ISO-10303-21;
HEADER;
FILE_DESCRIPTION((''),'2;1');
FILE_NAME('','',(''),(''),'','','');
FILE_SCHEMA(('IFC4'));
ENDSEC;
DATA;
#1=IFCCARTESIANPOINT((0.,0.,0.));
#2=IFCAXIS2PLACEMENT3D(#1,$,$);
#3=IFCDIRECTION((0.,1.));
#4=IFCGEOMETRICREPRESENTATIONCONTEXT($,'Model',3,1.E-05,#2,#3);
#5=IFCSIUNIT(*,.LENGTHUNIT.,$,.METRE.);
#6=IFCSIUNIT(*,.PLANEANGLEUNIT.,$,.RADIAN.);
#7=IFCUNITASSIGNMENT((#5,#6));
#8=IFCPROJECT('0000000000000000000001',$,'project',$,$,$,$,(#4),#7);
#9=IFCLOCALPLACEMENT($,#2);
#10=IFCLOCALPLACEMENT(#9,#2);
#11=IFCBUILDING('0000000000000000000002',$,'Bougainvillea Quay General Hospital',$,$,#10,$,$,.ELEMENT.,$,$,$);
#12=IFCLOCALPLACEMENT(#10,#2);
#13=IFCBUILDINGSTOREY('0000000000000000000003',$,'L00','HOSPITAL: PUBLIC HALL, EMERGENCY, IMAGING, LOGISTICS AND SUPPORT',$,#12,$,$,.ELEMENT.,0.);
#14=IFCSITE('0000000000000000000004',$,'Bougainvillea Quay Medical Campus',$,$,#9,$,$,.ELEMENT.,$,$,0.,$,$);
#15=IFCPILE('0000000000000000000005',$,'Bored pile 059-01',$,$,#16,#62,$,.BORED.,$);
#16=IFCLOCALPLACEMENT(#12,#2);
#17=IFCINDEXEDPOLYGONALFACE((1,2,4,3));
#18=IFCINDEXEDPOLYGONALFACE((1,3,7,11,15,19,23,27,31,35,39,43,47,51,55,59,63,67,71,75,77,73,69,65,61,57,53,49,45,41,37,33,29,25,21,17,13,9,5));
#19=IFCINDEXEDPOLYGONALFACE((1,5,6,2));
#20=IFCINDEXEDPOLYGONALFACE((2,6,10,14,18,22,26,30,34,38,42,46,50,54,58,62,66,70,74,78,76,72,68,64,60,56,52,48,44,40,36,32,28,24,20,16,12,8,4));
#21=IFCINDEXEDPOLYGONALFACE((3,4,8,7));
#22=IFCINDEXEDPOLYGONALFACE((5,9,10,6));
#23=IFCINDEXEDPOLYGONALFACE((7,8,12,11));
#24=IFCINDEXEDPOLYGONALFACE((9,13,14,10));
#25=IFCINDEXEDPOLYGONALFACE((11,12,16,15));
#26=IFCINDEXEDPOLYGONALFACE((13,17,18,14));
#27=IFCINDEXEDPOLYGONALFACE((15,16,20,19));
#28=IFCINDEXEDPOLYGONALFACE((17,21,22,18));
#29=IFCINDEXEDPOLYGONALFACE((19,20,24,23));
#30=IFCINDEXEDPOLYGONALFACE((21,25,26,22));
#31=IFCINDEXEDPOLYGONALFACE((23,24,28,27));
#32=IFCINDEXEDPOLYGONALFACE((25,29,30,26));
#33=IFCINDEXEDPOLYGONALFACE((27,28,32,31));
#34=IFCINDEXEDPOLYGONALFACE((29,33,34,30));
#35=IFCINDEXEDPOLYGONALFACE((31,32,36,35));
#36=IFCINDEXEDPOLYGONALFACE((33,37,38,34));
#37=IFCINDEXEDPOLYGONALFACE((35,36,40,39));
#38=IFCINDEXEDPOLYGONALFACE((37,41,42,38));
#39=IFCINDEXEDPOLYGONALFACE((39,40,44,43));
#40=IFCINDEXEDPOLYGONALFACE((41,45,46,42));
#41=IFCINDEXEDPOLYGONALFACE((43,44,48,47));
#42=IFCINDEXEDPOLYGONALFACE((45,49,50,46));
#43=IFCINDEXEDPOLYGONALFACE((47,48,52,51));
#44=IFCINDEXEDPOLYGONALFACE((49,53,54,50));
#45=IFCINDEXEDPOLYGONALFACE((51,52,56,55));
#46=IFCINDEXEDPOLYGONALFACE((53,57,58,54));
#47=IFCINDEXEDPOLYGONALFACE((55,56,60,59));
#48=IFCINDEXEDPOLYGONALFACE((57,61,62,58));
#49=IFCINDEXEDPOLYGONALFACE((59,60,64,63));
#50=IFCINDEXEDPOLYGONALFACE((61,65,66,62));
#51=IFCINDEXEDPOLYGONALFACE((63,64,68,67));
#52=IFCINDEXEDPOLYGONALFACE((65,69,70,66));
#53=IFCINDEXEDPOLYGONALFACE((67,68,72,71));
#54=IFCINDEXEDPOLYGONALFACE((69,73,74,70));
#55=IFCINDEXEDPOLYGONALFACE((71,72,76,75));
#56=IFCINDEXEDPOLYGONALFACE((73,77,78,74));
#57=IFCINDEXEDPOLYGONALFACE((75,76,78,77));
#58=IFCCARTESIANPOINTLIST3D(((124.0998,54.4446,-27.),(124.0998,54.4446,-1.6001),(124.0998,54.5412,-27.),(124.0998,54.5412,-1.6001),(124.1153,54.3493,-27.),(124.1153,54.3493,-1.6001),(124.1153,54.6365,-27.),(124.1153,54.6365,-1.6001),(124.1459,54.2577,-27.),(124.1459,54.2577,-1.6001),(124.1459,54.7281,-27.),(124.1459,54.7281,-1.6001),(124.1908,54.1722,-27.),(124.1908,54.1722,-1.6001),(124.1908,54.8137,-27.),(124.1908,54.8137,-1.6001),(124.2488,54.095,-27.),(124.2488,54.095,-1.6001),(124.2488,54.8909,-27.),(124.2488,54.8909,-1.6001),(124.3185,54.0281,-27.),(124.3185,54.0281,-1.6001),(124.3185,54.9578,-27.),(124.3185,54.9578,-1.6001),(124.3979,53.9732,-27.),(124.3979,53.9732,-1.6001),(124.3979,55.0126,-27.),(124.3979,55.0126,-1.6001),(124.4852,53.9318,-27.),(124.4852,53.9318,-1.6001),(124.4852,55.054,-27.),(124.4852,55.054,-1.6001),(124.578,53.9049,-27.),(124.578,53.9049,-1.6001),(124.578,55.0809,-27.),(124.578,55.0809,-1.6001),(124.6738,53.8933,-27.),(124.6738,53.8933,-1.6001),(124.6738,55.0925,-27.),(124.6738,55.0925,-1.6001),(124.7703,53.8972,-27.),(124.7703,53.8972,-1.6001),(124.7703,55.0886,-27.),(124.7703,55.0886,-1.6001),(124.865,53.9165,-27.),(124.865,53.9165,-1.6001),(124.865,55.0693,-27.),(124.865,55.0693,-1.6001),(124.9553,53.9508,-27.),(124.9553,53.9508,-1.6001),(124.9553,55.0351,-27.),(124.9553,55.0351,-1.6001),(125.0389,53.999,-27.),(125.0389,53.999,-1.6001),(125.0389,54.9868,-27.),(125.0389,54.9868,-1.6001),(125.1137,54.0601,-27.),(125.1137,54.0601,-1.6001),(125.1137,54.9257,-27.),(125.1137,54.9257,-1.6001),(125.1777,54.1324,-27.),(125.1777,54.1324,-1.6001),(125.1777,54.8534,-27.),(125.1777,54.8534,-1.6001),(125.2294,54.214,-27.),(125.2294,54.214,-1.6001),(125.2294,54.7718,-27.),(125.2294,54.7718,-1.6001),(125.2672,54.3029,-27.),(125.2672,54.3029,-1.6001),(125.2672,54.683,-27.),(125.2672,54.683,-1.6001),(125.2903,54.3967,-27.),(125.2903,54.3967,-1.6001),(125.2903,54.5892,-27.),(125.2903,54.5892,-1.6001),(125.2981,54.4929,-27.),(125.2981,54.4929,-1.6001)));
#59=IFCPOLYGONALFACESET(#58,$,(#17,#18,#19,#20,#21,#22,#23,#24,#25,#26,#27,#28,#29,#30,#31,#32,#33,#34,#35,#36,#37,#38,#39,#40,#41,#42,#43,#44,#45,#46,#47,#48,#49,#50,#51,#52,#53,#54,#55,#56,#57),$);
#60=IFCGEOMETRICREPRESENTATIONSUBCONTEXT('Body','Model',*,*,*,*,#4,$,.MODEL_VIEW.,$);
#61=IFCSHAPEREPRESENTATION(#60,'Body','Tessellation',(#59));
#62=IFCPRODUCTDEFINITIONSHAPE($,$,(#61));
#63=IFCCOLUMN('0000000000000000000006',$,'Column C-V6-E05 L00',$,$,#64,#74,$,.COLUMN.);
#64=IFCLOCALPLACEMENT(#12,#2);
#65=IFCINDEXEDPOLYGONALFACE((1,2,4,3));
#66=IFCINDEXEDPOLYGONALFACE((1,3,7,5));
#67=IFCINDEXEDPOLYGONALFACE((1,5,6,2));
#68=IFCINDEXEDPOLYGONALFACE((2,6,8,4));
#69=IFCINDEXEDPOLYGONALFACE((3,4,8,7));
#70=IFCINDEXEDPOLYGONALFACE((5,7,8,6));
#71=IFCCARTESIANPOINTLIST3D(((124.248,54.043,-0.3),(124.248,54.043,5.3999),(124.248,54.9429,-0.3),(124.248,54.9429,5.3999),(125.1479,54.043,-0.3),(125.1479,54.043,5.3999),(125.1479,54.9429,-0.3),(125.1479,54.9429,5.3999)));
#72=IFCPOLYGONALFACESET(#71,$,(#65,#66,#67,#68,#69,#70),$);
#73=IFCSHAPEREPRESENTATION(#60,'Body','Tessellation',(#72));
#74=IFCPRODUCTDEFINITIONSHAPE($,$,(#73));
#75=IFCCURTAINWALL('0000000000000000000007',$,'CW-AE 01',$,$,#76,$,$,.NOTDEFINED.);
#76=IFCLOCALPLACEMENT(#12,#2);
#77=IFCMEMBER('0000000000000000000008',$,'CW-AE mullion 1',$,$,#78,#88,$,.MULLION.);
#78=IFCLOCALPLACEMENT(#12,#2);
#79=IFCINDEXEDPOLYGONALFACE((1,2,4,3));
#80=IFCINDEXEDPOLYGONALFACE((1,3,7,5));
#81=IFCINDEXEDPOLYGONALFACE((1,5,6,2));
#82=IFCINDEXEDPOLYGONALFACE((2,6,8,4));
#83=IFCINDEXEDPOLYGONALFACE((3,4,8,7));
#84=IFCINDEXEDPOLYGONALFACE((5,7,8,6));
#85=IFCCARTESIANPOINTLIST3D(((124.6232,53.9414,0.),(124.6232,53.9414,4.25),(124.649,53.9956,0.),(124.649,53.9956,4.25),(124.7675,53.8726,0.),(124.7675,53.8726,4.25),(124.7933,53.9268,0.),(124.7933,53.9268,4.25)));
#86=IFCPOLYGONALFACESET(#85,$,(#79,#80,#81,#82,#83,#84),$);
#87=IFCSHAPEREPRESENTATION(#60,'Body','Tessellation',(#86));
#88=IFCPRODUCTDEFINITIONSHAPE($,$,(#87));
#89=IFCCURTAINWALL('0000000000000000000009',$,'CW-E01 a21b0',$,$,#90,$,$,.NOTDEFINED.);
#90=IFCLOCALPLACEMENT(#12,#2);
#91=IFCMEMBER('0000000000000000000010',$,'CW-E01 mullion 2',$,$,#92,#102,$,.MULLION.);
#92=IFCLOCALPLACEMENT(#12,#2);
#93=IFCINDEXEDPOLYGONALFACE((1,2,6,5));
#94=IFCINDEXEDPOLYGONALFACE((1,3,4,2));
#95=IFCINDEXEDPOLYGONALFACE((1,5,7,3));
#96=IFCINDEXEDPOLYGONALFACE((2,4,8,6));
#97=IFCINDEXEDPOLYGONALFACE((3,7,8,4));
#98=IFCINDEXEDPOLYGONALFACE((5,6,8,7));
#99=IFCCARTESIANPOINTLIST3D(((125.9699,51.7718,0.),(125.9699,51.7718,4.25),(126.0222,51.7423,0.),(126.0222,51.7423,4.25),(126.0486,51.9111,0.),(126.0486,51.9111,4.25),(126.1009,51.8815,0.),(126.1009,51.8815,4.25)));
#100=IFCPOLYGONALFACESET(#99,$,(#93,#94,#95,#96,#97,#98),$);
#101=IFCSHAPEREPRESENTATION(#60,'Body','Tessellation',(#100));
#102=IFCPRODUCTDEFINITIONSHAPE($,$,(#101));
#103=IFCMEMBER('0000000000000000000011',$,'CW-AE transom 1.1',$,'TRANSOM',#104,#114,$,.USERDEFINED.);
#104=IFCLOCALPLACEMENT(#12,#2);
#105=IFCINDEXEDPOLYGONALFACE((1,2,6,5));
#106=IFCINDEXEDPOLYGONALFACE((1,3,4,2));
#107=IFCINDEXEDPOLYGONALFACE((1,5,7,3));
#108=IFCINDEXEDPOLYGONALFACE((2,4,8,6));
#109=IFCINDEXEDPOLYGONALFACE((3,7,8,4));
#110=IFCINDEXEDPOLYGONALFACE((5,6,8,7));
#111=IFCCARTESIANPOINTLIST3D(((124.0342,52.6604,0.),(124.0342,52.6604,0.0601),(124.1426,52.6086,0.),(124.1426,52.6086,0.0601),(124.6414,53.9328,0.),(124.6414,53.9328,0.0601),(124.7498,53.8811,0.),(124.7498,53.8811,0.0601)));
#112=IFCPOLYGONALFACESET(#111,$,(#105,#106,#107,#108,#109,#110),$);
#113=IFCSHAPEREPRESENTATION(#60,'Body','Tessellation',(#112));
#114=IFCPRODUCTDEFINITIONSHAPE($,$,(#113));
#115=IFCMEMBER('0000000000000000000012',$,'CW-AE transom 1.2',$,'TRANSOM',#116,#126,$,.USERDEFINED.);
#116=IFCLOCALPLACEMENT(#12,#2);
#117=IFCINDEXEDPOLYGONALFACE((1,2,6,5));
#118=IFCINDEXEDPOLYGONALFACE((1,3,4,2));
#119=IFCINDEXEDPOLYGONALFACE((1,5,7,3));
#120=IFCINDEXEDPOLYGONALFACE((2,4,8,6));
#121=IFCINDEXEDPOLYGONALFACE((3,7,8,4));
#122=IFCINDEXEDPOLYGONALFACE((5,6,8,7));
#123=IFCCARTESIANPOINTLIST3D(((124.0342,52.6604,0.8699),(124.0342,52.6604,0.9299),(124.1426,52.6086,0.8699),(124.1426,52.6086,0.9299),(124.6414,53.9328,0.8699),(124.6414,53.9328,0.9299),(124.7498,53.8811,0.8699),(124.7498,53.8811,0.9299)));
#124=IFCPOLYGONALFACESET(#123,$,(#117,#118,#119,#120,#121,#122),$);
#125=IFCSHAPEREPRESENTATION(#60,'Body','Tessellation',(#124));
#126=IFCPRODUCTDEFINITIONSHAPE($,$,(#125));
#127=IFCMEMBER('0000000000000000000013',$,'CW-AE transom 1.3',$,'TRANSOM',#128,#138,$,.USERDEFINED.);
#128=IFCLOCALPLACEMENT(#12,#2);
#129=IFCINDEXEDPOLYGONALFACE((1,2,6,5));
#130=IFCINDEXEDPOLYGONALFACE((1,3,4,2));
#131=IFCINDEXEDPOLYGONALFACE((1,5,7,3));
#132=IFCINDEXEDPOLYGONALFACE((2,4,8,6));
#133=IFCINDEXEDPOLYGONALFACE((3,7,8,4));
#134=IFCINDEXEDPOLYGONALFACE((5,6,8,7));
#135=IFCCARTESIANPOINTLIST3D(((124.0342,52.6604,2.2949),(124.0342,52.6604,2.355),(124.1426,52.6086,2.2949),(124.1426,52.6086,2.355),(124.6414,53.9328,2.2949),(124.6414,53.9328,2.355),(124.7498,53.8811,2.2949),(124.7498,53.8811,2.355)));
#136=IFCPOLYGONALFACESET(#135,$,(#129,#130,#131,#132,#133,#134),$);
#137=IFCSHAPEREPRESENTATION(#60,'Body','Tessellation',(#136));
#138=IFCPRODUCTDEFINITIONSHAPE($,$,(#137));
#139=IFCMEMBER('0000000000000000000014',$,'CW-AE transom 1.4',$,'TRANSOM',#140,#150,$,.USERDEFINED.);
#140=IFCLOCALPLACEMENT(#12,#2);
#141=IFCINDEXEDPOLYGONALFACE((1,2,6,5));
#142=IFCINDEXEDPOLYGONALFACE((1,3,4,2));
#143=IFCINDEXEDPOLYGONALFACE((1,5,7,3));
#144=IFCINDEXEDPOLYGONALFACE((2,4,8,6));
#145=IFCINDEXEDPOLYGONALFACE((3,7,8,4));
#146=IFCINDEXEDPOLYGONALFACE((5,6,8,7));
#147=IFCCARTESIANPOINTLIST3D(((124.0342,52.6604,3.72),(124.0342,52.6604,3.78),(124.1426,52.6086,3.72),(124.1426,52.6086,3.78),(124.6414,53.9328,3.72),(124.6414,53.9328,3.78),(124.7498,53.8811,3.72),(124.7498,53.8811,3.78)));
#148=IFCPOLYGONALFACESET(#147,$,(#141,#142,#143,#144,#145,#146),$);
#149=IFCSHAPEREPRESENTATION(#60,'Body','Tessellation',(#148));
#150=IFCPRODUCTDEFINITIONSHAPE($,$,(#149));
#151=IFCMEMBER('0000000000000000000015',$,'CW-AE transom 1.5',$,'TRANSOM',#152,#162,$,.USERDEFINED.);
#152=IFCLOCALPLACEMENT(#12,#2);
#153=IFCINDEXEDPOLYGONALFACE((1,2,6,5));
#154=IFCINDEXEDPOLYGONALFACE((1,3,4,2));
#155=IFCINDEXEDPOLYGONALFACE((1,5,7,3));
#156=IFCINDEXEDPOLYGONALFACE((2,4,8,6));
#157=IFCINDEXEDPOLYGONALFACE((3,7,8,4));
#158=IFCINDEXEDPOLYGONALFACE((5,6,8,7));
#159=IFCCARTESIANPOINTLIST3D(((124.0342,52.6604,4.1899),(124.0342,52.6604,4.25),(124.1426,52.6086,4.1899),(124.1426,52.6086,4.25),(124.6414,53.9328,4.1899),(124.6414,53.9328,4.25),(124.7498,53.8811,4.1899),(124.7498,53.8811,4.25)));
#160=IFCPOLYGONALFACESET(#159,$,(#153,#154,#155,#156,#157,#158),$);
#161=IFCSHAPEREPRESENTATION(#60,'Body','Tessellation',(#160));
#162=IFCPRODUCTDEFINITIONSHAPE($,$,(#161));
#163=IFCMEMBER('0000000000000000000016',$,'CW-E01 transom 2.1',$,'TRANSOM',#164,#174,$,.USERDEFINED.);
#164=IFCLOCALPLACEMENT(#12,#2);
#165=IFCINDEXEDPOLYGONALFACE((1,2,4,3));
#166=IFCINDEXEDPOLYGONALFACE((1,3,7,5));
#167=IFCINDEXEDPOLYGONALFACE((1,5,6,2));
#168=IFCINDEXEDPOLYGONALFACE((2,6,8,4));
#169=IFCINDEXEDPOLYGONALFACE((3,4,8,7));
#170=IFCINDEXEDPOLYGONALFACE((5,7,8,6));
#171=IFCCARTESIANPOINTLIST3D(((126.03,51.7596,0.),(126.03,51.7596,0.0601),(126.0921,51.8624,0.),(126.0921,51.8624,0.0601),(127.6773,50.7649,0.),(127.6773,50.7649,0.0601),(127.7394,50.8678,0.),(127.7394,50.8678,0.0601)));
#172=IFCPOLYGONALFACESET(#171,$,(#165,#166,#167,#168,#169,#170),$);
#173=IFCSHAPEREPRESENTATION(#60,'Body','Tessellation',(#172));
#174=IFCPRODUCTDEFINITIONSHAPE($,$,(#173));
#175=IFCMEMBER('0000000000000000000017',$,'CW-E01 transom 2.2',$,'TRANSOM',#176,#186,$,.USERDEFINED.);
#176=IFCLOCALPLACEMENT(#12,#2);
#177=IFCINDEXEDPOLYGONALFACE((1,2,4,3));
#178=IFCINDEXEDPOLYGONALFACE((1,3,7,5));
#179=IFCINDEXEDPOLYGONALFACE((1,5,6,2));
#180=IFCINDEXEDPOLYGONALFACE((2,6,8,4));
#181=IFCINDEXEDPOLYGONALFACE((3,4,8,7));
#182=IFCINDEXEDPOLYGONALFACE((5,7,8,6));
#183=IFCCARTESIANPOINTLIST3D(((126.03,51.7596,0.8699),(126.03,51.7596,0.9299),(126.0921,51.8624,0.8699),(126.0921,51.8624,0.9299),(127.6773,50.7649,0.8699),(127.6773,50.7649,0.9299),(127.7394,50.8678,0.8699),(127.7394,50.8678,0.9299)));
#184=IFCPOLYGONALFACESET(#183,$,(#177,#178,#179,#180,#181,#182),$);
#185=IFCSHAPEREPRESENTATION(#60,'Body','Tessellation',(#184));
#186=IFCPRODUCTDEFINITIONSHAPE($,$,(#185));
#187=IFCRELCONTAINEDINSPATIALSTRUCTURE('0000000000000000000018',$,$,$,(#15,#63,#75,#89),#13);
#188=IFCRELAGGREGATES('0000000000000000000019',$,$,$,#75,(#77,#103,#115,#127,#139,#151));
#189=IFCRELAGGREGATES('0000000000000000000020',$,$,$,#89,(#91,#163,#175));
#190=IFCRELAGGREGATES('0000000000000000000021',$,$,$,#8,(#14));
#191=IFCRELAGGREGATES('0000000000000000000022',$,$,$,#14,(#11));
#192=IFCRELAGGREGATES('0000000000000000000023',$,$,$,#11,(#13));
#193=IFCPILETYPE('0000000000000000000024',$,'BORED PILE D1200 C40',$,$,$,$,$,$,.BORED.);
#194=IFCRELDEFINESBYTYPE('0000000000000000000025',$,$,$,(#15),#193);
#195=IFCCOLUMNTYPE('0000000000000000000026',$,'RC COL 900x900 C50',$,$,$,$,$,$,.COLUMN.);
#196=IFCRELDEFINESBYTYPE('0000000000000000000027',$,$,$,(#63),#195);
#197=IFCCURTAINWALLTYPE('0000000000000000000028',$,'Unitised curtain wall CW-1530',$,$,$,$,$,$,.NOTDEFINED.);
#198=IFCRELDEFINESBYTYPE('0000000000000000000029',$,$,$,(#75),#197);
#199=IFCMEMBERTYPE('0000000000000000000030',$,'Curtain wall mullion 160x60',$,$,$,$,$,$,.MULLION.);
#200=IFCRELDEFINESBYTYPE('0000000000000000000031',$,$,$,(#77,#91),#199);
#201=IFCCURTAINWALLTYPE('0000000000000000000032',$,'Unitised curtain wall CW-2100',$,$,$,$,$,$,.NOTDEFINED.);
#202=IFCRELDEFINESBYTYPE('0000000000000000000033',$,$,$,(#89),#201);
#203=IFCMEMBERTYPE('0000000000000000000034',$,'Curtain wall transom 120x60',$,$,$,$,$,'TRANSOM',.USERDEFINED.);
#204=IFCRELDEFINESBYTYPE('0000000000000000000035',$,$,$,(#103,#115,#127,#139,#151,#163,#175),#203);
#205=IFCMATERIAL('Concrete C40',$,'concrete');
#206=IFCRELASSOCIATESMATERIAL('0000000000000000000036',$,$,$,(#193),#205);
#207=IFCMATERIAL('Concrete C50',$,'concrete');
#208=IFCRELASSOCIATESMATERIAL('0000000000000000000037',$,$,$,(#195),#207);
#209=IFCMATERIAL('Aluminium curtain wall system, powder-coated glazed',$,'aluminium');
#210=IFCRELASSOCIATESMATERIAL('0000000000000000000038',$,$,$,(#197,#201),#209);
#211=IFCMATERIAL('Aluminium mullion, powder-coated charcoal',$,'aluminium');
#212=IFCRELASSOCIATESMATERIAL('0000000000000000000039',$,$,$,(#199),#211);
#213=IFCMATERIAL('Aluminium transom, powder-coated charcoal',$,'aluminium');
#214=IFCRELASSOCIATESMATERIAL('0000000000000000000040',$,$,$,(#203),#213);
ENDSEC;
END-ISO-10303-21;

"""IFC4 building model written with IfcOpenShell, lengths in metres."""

from ifc_helpers import new_model, si_unit, direction, frame, origin, origin_2d, place, context, subcontext, project, spatial, rectangle, circle, extrude, material, material_profile, profile_set, type_object, element, aggregate, save


model = new_model("IFC4")

# Units and contexts
model_context = context("Model", 3, precision=1e-05, world=origin(), true_north=direction((0.0, 1.0)))
body_context = subcontext(model_context, "Body", "Model", "MODEL_VIEW")
ifc_project = project(units=[si_unit("LENGTHUNIT", "METRE"), si_unit("PLANEANGLEUNIT", "RADIAN")], contexts=[model_context])

# Site, building, storey
site_placement = place(None, origin())
site = spatial("IfcSite", under=ifc_project, at=site_placement, Name="Bougainvillea Quay Medical Campus", CompositionType="ELEMENT", RefElevation=0.0)
building_placement = place(site_placement, origin())
building = spatial("IfcBuilding", under=site, at=building_placement, Name="Bougainvillea Quay General Hospital", CompositionType="ELEMENT")
storey_placement = place(building_placement, origin())
storey = spatial("IfcBuildingStorey", under=building, at=storey_placement, Name="L00", Description="HOSPITAL: PUBLIC HALL, EMERGENCY, IMAGING, LOGISTICS AND SUPPORT", CompositionType="ELEMENT", Elevation=0.0)

# Pile
ifc_material_1 = material(Name="Concrete C40", Category="concrete")
ifc_material_profile_1 = material_profile(ifc_material_1, circle(Radius=0.6001, at=origin_2d()))
ifc_profile_set_1 = profile_set([ifc_material_profile_1], Name="Concrete C40")
pile_type = type_object("IfcPileType", Name="BORED PILE D1200 C40", PredefinedType="BORED", material=ifc_profile_set_1)
pile_placement = place(storey_placement, frame((124.698, 54.4929, -1.6001), z_axis=(0.0, 0.0, -1.0), x_axis=(1.0, 0.0, 0.0)))
element("IfcPile", 1, at=pile_placement, inside=storey, type_object=pile_type, Name="Bored pile 059-01", PredefinedType="BORED", context=body_context, shape_type="SweptSolid", body=[
    extrude(circle(Radius=0.6001, at=origin_2d()), origin(), (0.0, 0.0, 1.0), 25.3999),
])

# Column
ifc_material_2 = material(Name="Concrete C50", Category="concrete")
ifc_material_profile_2 = material_profile(ifc_material_2, rectangle(XDim=0.8999, YDim=0.8999, at=origin_2d()))
ifc_profile_set_2 = profile_set([ifc_material_profile_2], Name="Concrete C50")
column_type = type_object("IfcColumnType", Name="RC COL 900x900 C50", PredefinedType="COLUMN", material=ifc_profile_set_2)
column_placement = place(storey_placement, frame((124.698, 54.4929, -0.3), z_axis=(0.0, 0.0, 1.0), x_axis=(1.0, 0.0, 0.0)))
element("IfcColumn", 2, at=column_placement, inside=storey, type_object=column_type, Name="Column C-V6-E05 L00", PredefinedType="COLUMN", context=body_context, shape_type="SweptSolid", body=[
    extrude(rectangle(XDim=0.8999, YDim=0.8999, at=origin_2d()), origin(), (0.0, 0.0, 1.0), 5.7),
])

# Curtain walls, members
ifc_material_3 = material(Name="Aluminium curtain wall system, powder-coated glazed", Category="aluminium")
curtain_wall_type_1 = type_object("IfcCurtainWallType", Name="Unitised curtain wall CW-1530", PredefinedType="NOTDEFINED", material=ifc_material_3)
curtain_wall_1_placement = place(storey_placement, origin())
curtain_wall_1 = element("IfcCurtainWall", 3, at=curtain_wall_1_placement, inside=storey, type_object=curtain_wall_type_1, Name="CW-AE 01", PredefinedType="NOTDEFINED")
ifc_material_4 = material(Name="Aluminium mullion, powder-coated charcoal", Category="aluminium")
ifc_material_profile_3 = material_profile(ifc_material_4, rectangle(XDim=0.1599, YDim=0.0601, at=origin_2d()))
ifc_profile_set_3 = profile_set([ifc_material_profile_3], Name="Aluminium mullion, powder-coated charcoal")
member_type_1 = type_object("IfcMemberType", Name="Curtain wall mullion 160x60", PredefinedType="MULLION", material=ifc_profile_set_3)
member_1_placement = place(storey_placement, frame((124.7083, 53.9341, 0.0), z_axis=(0.0, 0.0, 1.0), x_axis=(0.902576, -0.43053, 0.0)))
member_1 = element("IfcMember", 4, at=member_1_placement, type_object=member_type_1, Name="CW-AE mullion 1", PredefinedType="MULLION", context=body_context, shape_type="SweptSolid", body=[
    extrude(rectangle(XDim=0.1599, YDim=0.0601, at=origin_2d()), origin(), (0.0, 0.0, 1.0), 4.25),
])
curtain_wall_type_2 = type_object("IfcCurtainWallType", Name="Unitised curtain wall CW-2100", PredefinedType="NOTDEFINED", material=ifc_material_3)
curtain_wall_2_placement = place(storey_placement, origin())
curtain_wall_2 = element("IfcCurtainWall", 5, at=curtain_wall_2_placement, inside=storey, type_object=curtain_wall_type_2, Name="CW-E01 a21b0", PredefinedType="NOTDEFINED")
member_2_placement = place(storey_placement, frame((126.0354, 51.8267, 0.0), z_axis=(0.0, 0.0, 1.0), x_axis=(0.491545, 0.870852, 0.0)))
member_2 = element("IfcMember", 6, at=member_2_placement, type_object=member_type_1, Name="CW-E01 mullion 2", PredefinedType="MULLION", context=body_context, shape_type="SweptSolid", body=[
    extrude(rectangle(XDim=0.1599, YDim=0.0601, at=origin_2d()), origin(), (0.0, 0.0, 1.0), 4.25),
])

# Members
ifc_material_5 = material(Name="Aluminium transom, powder-coated charcoal", Category="aluminium")
ifc_material_profile_4 = material_profile(ifc_material_5, rectangle(XDim=0.1201, YDim=0.0601, at=origin_2d()))
ifc_profile_set_4 = profile_set([ifc_material_profile_4], Name="Aluminium transom, powder-coated charcoal")
member_type_2 = type_object("IfcMemberType", Name="Curtain wall transom 120x60", ElementType="TRANSOM", PredefinedType="USERDEFINED", material=ifc_profile_set_4)
member_3_placement = place(storey_placement, frame((124.6956, 53.907, 0.03), z_axis=(-0.430653, -0.902518, 0.0), x_axis=(0.902518, -0.430653, 0.0)))
member_3 = element("IfcMember", 7, at=member_3_placement, type_object=member_type_2, Name="CW-AE transom 1.1", ObjectType="TRANSOM", PredefinedType="USERDEFINED", context=body_context, shape_type="SweptSolid", body=[
    extrude(rectangle(XDim=0.1201, YDim=0.0601, at=origin_2d()), origin(), (0.0, 0.0, 1.0), 1.4099),
])
member_4_placement = place(storey_placement, frame((124.6956, 53.907, 0.8999), z_axis=(-0.430653, -0.902518, 0.0), x_axis=(0.902518, -0.430653, 0.0)))
member_4 = element("IfcMember", 8, at=member_4_placement, type_object=member_type_2, Name="CW-AE transom 1.2", ObjectType="TRANSOM", PredefinedType="USERDEFINED", context=body_context, shape_type="SweptSolid", body=[
    extrude(rectangle(XDim=0.1201, YDim=0.0601, at=origin_2d()), origin(), (0.0, 0.0, 1.0), 1.4099),
])
member_5_placement = place(storey_placement, frame((124.6956, 53.907, 2.325), z_axis=(-0.430653, -0.902518, 0.0), x_axis=(0.902518, -0.430653, 0.0)))
member_5 = element("IfcMember", 9, at=member_5_placement, type_object=member_type_2, Name="CW-AE transom 1.3", ObjectType="TRANSOM", PredefinedType="USERDEFINED", context=body_context, shape_type="SweptSolid", body=[
    extrude(rectangle(XDim=0.1201, YDim=0.0601, at=origin_2d()), origin(), (0.0, 0.0, 1.0), 1.4099),
])
member_6_placement = place(storey_placement, frame((124.6956, 53.907, 3.75), z_axis=(-0.430653, -0.902518, 0.0), x_axis=(0.902518, -0.430653, 0.0)))
member_6 = element("IfcMember", 10, at=member_6_placement, type_object=member_type_2, Name="CW-AE transom 1.4", ObjectType="TRANSOM", PredefinedType="USERDEFINED", context=body_context, shape_type="SweptSolid", body=[
    extrude(rectangle(XDim=0.1201, YDim=0.0601, at=origin_2d()), origin(), (0.0, 0.0, 1.0), 1.4099),
])
member_7_placement = place(storey_placement, frame((124.6956, 53.907, 4.22), z_axis=(-0.430653, -0.902518, 0.0), x_axis=(0.902518, -0.430653, 0.0)))
member_7 = element("IfcMember", 11, at=member_7_placement, type_object=member_type_2, Name="CW-AE transom 1.5", ObjectType="TRANSOM", PredefinedType="USERDEFINED", context=body_context, shape_type="SweptSolid", body=[
    extrude(rectangle(XDim=0.1201, YDim=0.0601, at=origin_2d()), origin(), (0.0, 0.0, 1.0), 1.4099),
])
member_8_placement = place(storey_placement, frame((126.061, 51.811, 0.03), z_axis=(0.856045, -0.516901, 0.0), x_axis=(0.516901, 0.856045, 0.0)))
member_8 = element("IfcMember", 12, at=member_8_placement, type_object=member_type_2, Name="CW-E01 transom 2.1", ObjectType="TRANSOM", PredefinedType="USERDEFINED", context=body_context, shape_type="SweptSolid", body=[
    extrude(rectangle(XDim=0.1201, YDim=0.0601, at=origin_2d()), origin(), (0.0, 0.0, 1.0), 1.9243),
])
member_9_placement = place(storey_placement, frame((126.061, 51.811, 0.8999), z_axis=(0.856045, -0.516901, 0.0), x_axis=(0.516901, 0.856045, 0.0)))
member_9 = element("IfcMember", 13, at=member_9_placement, type_object=member_type_2, Name="CW-E01 transom 2.2", ObjectType="TRANSOM", PredefinedType="USERDEFINED", context=body_context, shape_type="SweptSolid", body=[
    extrude(rectangle(XDim=0.1201, YDim=0.0601, at=origin_2d()), origin(), (0.0, 0.0, 1.0), 1.9243),
])

aggregate(curtain_wall_1, [member_1, member_3, member_4, member_5, member_6, member_7])
aggregate(curtain_wall_2, [member_2, member_8, member_9])

save(model, "model.ifc")
